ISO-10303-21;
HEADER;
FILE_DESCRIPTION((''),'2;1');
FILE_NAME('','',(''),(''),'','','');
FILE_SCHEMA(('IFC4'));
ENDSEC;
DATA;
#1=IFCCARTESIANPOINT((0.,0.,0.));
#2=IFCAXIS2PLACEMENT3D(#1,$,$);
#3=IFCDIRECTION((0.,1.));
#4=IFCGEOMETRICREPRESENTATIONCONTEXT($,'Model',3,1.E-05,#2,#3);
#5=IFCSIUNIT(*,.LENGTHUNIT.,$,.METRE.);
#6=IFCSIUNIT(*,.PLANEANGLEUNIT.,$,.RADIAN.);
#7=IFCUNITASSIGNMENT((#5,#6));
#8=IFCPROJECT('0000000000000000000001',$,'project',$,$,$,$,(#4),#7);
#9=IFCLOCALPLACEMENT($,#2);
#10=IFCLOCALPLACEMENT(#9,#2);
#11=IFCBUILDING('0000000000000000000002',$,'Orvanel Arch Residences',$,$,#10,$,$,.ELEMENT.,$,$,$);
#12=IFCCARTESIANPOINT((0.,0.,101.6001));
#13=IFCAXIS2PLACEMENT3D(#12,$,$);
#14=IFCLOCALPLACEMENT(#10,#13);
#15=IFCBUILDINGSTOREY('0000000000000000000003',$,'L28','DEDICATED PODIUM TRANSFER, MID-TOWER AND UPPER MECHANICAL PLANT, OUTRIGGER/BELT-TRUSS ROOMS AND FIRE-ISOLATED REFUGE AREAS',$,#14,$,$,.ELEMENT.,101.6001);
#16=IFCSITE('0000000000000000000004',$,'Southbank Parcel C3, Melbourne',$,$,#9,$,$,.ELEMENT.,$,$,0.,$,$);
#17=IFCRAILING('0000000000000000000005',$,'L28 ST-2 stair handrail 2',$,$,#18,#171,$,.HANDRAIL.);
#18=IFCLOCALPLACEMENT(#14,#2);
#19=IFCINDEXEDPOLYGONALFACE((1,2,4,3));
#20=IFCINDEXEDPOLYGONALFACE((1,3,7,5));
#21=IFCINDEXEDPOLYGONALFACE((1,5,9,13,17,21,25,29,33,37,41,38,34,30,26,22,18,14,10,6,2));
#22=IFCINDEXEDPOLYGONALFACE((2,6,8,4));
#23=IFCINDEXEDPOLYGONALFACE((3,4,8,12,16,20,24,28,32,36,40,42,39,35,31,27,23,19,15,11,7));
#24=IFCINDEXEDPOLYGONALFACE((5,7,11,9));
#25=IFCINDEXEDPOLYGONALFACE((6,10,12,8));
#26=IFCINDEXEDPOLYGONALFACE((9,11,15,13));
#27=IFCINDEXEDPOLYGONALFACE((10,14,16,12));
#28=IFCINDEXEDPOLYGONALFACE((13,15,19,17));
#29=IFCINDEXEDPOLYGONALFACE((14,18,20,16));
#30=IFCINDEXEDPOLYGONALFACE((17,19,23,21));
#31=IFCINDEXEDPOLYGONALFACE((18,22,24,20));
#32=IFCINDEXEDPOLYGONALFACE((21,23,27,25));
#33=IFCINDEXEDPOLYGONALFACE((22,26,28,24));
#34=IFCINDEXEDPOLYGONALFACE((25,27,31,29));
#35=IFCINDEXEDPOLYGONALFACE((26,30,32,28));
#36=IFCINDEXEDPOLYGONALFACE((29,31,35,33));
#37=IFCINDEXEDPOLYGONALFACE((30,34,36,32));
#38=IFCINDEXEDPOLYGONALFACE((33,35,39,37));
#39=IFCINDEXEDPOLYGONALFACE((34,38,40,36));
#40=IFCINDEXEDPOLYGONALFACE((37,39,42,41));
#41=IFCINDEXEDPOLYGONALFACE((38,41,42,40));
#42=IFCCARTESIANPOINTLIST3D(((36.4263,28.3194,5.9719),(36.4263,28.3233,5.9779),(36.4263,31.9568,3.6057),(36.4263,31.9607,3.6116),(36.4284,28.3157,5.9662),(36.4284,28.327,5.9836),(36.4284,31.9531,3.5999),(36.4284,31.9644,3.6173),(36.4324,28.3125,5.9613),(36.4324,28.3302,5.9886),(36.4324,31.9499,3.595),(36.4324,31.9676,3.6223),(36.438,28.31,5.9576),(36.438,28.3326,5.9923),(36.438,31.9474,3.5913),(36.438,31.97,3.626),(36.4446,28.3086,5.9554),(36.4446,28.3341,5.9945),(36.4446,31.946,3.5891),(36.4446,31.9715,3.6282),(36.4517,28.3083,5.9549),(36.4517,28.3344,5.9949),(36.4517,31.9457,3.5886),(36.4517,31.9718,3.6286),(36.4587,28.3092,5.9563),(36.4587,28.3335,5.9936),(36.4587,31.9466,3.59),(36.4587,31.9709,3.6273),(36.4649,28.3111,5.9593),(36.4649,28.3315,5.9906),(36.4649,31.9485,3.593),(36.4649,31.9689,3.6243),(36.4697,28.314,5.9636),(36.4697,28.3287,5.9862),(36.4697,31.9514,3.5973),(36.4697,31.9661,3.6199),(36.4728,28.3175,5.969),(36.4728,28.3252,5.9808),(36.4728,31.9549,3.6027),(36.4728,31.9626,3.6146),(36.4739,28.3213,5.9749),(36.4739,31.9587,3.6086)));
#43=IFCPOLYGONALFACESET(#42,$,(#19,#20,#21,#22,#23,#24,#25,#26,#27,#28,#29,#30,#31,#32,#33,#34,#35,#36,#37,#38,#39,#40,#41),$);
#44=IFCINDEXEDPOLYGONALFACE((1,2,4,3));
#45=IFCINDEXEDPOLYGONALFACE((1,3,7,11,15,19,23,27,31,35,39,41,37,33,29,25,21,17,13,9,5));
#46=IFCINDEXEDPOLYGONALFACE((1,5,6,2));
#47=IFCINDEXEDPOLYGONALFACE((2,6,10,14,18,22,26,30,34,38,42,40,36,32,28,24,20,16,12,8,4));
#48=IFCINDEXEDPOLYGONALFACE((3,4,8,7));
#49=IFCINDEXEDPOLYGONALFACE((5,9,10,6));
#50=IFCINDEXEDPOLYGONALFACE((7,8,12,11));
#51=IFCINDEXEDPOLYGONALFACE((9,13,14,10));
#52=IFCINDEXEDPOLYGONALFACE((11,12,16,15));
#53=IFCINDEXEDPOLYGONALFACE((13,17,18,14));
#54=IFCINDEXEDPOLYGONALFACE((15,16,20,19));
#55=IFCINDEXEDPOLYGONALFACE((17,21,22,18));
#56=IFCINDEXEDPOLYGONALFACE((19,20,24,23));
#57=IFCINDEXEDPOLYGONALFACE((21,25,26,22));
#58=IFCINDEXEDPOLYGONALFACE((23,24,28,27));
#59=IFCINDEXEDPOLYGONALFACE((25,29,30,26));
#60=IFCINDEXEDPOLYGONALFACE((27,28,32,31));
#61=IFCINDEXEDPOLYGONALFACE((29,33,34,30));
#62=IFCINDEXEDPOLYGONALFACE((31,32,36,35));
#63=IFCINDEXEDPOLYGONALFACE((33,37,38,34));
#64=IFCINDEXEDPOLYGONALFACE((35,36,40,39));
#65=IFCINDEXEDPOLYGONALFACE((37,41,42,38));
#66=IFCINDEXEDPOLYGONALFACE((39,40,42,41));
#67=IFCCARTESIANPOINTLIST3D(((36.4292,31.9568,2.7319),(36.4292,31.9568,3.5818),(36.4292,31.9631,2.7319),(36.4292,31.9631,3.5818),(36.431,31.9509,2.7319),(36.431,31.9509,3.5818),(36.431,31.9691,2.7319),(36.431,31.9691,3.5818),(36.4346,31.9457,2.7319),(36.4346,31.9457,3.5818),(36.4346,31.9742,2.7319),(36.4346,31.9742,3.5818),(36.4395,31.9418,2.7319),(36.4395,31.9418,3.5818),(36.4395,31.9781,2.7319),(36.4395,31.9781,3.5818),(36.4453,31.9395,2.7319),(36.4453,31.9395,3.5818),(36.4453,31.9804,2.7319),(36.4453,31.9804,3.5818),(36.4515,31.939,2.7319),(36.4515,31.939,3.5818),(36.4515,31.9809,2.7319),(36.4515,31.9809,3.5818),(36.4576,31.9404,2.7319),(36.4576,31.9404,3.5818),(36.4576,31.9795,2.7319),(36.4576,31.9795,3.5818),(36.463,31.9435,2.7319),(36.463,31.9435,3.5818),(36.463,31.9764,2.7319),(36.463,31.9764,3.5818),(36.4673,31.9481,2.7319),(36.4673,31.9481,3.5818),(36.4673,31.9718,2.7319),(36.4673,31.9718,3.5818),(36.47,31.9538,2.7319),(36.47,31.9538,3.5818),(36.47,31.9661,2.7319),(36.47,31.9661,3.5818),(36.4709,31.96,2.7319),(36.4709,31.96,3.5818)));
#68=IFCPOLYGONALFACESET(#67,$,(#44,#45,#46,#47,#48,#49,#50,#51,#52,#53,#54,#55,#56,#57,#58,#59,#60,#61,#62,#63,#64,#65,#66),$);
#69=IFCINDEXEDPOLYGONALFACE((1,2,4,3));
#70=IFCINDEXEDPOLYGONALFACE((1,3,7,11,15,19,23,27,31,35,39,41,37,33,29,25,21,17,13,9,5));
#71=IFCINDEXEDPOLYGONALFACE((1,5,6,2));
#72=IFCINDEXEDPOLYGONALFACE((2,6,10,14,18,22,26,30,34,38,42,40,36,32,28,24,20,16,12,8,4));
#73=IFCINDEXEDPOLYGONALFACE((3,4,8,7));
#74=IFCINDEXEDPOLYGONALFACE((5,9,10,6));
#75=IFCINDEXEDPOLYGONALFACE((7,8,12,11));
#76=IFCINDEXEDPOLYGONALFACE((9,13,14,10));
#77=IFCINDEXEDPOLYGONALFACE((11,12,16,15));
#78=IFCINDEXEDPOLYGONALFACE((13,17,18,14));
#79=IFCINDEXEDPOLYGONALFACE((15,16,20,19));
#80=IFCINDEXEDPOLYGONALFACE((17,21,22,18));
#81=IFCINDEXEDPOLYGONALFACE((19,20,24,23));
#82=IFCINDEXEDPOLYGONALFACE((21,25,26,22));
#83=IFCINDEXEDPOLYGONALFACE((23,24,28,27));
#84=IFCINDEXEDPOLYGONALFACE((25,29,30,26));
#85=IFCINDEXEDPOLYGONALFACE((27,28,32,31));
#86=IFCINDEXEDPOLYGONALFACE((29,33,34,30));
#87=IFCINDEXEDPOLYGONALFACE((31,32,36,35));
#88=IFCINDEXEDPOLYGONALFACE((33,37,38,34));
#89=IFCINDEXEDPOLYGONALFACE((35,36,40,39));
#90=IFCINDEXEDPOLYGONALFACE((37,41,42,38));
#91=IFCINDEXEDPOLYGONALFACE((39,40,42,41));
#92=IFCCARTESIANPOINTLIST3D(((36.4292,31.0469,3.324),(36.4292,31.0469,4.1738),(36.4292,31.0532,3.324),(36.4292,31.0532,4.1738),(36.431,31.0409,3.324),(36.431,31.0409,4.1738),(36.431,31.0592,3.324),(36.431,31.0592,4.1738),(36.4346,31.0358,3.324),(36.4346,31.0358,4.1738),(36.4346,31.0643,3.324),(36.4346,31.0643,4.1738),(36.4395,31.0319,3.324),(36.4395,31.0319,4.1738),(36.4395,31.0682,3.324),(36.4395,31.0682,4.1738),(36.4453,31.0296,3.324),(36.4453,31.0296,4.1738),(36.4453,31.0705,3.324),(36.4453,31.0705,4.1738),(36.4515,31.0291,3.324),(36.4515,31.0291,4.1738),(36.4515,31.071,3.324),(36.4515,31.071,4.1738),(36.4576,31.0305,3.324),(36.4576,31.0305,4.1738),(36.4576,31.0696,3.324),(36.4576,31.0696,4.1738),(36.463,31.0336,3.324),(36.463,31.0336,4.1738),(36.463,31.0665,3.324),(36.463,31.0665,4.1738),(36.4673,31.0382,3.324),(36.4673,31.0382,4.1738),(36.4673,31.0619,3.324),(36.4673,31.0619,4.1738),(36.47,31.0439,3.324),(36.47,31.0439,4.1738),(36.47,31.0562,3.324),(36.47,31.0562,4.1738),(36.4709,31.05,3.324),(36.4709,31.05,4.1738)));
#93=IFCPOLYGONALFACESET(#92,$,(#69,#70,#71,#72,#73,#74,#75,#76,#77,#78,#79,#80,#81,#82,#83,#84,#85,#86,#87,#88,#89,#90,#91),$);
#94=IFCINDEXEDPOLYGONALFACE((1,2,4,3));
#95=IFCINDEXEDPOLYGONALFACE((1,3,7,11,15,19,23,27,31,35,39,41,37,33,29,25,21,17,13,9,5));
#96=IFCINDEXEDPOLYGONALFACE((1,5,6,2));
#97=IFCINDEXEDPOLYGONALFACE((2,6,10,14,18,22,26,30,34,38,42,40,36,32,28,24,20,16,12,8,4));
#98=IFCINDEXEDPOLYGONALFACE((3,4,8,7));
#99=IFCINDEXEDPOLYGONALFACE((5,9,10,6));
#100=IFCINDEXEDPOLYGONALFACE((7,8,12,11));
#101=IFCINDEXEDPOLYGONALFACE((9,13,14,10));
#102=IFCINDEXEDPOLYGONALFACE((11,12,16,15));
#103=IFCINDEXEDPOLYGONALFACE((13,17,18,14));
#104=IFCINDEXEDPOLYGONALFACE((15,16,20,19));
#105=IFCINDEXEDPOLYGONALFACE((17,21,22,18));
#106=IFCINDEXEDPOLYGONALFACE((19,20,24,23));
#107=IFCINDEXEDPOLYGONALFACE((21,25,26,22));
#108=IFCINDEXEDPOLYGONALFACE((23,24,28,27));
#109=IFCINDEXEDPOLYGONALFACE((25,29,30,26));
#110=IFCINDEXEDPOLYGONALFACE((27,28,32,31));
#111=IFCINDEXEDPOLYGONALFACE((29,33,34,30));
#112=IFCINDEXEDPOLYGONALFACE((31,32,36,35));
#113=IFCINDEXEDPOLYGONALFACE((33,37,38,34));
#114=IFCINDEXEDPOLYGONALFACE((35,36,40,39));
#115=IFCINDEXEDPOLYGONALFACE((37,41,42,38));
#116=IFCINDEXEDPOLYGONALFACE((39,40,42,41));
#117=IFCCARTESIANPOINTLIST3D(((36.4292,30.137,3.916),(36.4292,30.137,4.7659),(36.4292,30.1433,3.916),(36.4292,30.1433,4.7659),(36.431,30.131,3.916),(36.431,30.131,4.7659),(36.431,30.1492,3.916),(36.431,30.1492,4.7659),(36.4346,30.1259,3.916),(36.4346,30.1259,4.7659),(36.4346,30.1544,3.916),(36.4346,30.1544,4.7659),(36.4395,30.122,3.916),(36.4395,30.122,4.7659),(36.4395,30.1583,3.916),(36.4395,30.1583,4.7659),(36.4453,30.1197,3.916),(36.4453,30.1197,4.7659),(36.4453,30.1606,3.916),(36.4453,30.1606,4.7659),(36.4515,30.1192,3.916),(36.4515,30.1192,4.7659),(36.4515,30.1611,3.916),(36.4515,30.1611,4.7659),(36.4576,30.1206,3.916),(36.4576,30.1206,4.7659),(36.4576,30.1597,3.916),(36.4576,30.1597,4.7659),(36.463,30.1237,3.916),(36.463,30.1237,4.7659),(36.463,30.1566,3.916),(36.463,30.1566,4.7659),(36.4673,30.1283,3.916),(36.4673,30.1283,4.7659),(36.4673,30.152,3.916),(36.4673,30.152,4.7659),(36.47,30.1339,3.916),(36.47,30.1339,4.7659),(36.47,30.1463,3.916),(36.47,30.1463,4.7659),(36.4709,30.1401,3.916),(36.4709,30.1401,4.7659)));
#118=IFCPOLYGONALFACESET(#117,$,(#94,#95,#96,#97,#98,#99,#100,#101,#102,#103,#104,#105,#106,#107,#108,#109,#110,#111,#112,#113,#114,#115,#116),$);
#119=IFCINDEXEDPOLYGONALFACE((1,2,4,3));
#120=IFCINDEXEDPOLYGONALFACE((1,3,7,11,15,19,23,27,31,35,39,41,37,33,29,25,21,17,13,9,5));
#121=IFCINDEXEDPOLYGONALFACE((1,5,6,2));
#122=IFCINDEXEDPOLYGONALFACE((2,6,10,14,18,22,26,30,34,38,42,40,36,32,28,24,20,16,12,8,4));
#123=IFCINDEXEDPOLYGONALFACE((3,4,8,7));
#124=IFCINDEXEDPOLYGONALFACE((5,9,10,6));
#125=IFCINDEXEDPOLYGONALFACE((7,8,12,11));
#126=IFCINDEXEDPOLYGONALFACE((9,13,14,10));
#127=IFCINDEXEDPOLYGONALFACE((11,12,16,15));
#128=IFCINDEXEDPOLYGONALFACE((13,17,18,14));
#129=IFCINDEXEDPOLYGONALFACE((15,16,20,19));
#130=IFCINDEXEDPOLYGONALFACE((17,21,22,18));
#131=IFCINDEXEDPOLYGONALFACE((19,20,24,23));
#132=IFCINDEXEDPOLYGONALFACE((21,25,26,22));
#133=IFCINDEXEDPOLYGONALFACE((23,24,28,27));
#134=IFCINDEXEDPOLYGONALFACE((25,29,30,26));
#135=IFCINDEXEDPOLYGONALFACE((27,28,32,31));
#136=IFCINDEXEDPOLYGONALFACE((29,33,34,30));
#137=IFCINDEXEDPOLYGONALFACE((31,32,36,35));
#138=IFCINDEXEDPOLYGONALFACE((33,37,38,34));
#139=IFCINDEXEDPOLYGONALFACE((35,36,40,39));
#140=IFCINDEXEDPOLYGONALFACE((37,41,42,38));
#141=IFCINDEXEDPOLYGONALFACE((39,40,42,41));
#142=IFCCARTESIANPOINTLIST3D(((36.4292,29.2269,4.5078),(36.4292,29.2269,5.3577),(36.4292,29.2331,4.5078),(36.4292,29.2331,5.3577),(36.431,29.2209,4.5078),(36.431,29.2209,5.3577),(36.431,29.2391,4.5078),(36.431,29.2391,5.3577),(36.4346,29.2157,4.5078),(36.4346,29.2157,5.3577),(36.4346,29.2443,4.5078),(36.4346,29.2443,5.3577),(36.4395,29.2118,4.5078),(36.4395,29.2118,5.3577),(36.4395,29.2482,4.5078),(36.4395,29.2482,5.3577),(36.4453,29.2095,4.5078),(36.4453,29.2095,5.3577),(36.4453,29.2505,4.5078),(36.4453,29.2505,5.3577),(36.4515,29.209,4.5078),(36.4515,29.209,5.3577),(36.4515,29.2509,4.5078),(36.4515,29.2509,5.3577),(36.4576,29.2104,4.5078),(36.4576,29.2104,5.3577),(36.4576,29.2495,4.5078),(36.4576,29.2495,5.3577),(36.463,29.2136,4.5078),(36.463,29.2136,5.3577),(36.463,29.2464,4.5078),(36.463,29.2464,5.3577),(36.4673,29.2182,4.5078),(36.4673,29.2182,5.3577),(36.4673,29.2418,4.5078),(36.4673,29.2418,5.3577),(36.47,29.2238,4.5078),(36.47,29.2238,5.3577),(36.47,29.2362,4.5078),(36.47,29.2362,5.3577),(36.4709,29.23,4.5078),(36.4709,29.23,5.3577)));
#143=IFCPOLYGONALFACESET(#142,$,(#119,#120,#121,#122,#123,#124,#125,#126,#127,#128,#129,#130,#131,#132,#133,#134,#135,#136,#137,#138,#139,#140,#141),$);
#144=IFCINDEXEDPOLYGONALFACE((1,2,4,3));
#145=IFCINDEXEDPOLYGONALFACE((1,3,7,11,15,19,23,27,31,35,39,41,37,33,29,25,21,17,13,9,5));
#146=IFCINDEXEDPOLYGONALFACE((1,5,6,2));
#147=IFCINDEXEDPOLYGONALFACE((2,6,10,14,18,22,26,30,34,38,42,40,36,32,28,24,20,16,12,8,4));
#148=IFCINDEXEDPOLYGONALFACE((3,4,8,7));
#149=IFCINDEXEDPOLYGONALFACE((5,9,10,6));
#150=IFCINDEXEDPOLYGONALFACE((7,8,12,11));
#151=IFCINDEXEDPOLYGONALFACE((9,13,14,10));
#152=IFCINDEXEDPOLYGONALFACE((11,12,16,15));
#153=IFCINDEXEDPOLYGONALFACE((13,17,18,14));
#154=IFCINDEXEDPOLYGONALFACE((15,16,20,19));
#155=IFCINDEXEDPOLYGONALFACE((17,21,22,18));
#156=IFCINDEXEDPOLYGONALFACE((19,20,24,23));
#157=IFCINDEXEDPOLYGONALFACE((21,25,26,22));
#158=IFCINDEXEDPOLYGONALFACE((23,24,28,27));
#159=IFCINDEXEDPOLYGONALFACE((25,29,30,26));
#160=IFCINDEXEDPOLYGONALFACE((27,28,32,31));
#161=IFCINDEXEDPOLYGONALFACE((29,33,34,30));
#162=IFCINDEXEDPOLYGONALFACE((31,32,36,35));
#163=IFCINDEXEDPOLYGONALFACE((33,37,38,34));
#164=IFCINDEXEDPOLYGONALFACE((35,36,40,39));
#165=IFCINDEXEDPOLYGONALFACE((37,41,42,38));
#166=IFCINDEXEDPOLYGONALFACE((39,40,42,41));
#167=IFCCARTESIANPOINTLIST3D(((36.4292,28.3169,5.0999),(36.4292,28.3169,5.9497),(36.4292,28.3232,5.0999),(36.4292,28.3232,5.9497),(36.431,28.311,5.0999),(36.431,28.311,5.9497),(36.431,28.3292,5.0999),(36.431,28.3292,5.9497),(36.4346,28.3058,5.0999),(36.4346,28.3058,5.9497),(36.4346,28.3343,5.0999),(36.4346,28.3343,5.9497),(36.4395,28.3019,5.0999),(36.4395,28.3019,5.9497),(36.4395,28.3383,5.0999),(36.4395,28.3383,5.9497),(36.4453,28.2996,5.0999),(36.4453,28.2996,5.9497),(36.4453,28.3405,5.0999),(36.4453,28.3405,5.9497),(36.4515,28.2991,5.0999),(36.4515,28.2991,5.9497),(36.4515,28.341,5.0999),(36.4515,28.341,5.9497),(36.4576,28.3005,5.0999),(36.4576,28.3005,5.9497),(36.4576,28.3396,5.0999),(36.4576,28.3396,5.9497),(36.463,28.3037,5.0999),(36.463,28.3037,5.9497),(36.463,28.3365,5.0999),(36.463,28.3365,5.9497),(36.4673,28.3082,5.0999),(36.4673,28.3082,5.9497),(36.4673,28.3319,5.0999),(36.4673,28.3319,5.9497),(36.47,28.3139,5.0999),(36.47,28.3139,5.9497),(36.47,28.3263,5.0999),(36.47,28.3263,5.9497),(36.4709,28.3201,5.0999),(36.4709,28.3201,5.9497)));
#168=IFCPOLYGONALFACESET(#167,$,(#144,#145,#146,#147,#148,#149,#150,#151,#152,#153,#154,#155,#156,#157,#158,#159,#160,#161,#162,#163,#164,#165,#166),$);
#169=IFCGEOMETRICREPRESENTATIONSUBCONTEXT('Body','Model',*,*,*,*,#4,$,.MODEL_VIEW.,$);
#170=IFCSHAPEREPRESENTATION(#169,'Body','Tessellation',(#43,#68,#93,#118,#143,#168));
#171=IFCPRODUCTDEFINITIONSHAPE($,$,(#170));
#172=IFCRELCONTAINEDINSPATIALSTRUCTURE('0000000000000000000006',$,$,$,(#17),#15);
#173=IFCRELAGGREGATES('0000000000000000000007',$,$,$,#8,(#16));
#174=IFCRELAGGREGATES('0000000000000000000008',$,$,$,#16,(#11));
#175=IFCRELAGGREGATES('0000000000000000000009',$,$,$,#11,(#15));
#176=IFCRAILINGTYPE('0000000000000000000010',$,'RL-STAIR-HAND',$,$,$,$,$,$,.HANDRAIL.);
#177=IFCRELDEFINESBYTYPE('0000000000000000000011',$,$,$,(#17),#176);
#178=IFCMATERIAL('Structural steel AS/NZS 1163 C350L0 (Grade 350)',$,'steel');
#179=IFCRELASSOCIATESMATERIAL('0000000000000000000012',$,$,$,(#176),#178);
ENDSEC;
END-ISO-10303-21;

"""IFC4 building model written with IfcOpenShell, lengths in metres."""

from ifc_helpers import new_model, si_unit, direction, frame, origin, origin_2d, place, context, subcontext, project, spatial, circle, extrude, material, type_object, element, save


model = new_model("IFC4")

# Units and contexts
model_context = context("Model", 3, precision=1e-05, world=origin(), true_north=direction((0.0, 1.0)))
body_context = subcontext(model_context, "Body", "Model", "MODEL_VIEW")
ifc_project = project(units=[si_unit("LENGTHUNIT", "METRE"), si_unit("PLANEANGLEUNIT", "RADIAN")], contexts=[model_context])

# Site, building, storey
site_placement = place(None, origin())
site = spatial("IfcSite", under=ifc_project, at=site_placement, Name="Southbank Parcel C3, Melbourne", CompositionType="ELEMENT", RefElevation=0.0)
building_placement = place(site_placement, origin())
building = spatial("IfcBuilding", under=site, at=building_placement, Name="Orvanel Arch Residences", CompositionType="ELEMENT")
storey_placement = place(building_placement, frame((0.0, 0.0, 101.6001)))
storey = spatial("IfcBuildingStorey", under=building, at=storey_placement, Name="L28", Description="DEDICATED PODIUM TRANSFER, MID-TOWER AND UPPER MECHANICAL PLANT, OUTRIGGER/BELT-TRUSS ROOMS AND FIRE-ISOLATED REFUGE AREAS", CompositionType="ELEMENT", Elevation=101.6001)

# Railing
ifc_material_1 = material(Name="Structural steel AS/NZS 1163 C350L0 (Grade 350)", Category="steel")
railing_type_1 = type_object("IfcRailingType", Name="RL-STAIR-HAND", PredefinedType="HANDRAIL", material=ifc_material_1)
railing_1_placement = place(storey_placement, frame((36.45, 31.96, 2.7319)))
element("IfcRailing", 1, at=railing_1_placement, inside=storey, type_object=railing_type_1, Name="L28 ST-2 stair handrail 2", PredefinedType="HANDRAIL", context=body_context, shape_type="SweptSolid", body=[
    extrude(circle(Radius=0.0239, at=origin_2d()), frame((0.0, -0.0012, 0.8767), z_axis=(0.0, -0.838234, 0.54531), x_axis=(1.0, 0.0, 0.0)), (0.0, 0.0, 1.0), 4.3394),
    extrude(circle(Radius=0.021, at=origin_2d()), origin(), (0.0, 0.0, 1.0), 0.8499),
    extrude(circle(Radius=0.021, at=origin_2d()), frame((0.0, -0.9099, 0.592)), (0.0, 0.0, 1.0), 0.8499),
    extrude(circle(Radius=0.021, at=origin_2d()), frame((0.0, -1.8198, 1.1841)), (0.0, 0.0, 1.0), 0.8499),
    extrude(circle(Radius=0.021, at=origin_2d()), frame((0.0, -2.73, 1.7759)), (0.0, 0.0, 1.0), 0.8499),
    extrude(circle(Radius=0.021, at=origin_2d()), frame((0.0, -3.6399, 2.3679)), (0.0, 0.0, 1.0), 0.8499),
])

save(model, "model.ifc")
